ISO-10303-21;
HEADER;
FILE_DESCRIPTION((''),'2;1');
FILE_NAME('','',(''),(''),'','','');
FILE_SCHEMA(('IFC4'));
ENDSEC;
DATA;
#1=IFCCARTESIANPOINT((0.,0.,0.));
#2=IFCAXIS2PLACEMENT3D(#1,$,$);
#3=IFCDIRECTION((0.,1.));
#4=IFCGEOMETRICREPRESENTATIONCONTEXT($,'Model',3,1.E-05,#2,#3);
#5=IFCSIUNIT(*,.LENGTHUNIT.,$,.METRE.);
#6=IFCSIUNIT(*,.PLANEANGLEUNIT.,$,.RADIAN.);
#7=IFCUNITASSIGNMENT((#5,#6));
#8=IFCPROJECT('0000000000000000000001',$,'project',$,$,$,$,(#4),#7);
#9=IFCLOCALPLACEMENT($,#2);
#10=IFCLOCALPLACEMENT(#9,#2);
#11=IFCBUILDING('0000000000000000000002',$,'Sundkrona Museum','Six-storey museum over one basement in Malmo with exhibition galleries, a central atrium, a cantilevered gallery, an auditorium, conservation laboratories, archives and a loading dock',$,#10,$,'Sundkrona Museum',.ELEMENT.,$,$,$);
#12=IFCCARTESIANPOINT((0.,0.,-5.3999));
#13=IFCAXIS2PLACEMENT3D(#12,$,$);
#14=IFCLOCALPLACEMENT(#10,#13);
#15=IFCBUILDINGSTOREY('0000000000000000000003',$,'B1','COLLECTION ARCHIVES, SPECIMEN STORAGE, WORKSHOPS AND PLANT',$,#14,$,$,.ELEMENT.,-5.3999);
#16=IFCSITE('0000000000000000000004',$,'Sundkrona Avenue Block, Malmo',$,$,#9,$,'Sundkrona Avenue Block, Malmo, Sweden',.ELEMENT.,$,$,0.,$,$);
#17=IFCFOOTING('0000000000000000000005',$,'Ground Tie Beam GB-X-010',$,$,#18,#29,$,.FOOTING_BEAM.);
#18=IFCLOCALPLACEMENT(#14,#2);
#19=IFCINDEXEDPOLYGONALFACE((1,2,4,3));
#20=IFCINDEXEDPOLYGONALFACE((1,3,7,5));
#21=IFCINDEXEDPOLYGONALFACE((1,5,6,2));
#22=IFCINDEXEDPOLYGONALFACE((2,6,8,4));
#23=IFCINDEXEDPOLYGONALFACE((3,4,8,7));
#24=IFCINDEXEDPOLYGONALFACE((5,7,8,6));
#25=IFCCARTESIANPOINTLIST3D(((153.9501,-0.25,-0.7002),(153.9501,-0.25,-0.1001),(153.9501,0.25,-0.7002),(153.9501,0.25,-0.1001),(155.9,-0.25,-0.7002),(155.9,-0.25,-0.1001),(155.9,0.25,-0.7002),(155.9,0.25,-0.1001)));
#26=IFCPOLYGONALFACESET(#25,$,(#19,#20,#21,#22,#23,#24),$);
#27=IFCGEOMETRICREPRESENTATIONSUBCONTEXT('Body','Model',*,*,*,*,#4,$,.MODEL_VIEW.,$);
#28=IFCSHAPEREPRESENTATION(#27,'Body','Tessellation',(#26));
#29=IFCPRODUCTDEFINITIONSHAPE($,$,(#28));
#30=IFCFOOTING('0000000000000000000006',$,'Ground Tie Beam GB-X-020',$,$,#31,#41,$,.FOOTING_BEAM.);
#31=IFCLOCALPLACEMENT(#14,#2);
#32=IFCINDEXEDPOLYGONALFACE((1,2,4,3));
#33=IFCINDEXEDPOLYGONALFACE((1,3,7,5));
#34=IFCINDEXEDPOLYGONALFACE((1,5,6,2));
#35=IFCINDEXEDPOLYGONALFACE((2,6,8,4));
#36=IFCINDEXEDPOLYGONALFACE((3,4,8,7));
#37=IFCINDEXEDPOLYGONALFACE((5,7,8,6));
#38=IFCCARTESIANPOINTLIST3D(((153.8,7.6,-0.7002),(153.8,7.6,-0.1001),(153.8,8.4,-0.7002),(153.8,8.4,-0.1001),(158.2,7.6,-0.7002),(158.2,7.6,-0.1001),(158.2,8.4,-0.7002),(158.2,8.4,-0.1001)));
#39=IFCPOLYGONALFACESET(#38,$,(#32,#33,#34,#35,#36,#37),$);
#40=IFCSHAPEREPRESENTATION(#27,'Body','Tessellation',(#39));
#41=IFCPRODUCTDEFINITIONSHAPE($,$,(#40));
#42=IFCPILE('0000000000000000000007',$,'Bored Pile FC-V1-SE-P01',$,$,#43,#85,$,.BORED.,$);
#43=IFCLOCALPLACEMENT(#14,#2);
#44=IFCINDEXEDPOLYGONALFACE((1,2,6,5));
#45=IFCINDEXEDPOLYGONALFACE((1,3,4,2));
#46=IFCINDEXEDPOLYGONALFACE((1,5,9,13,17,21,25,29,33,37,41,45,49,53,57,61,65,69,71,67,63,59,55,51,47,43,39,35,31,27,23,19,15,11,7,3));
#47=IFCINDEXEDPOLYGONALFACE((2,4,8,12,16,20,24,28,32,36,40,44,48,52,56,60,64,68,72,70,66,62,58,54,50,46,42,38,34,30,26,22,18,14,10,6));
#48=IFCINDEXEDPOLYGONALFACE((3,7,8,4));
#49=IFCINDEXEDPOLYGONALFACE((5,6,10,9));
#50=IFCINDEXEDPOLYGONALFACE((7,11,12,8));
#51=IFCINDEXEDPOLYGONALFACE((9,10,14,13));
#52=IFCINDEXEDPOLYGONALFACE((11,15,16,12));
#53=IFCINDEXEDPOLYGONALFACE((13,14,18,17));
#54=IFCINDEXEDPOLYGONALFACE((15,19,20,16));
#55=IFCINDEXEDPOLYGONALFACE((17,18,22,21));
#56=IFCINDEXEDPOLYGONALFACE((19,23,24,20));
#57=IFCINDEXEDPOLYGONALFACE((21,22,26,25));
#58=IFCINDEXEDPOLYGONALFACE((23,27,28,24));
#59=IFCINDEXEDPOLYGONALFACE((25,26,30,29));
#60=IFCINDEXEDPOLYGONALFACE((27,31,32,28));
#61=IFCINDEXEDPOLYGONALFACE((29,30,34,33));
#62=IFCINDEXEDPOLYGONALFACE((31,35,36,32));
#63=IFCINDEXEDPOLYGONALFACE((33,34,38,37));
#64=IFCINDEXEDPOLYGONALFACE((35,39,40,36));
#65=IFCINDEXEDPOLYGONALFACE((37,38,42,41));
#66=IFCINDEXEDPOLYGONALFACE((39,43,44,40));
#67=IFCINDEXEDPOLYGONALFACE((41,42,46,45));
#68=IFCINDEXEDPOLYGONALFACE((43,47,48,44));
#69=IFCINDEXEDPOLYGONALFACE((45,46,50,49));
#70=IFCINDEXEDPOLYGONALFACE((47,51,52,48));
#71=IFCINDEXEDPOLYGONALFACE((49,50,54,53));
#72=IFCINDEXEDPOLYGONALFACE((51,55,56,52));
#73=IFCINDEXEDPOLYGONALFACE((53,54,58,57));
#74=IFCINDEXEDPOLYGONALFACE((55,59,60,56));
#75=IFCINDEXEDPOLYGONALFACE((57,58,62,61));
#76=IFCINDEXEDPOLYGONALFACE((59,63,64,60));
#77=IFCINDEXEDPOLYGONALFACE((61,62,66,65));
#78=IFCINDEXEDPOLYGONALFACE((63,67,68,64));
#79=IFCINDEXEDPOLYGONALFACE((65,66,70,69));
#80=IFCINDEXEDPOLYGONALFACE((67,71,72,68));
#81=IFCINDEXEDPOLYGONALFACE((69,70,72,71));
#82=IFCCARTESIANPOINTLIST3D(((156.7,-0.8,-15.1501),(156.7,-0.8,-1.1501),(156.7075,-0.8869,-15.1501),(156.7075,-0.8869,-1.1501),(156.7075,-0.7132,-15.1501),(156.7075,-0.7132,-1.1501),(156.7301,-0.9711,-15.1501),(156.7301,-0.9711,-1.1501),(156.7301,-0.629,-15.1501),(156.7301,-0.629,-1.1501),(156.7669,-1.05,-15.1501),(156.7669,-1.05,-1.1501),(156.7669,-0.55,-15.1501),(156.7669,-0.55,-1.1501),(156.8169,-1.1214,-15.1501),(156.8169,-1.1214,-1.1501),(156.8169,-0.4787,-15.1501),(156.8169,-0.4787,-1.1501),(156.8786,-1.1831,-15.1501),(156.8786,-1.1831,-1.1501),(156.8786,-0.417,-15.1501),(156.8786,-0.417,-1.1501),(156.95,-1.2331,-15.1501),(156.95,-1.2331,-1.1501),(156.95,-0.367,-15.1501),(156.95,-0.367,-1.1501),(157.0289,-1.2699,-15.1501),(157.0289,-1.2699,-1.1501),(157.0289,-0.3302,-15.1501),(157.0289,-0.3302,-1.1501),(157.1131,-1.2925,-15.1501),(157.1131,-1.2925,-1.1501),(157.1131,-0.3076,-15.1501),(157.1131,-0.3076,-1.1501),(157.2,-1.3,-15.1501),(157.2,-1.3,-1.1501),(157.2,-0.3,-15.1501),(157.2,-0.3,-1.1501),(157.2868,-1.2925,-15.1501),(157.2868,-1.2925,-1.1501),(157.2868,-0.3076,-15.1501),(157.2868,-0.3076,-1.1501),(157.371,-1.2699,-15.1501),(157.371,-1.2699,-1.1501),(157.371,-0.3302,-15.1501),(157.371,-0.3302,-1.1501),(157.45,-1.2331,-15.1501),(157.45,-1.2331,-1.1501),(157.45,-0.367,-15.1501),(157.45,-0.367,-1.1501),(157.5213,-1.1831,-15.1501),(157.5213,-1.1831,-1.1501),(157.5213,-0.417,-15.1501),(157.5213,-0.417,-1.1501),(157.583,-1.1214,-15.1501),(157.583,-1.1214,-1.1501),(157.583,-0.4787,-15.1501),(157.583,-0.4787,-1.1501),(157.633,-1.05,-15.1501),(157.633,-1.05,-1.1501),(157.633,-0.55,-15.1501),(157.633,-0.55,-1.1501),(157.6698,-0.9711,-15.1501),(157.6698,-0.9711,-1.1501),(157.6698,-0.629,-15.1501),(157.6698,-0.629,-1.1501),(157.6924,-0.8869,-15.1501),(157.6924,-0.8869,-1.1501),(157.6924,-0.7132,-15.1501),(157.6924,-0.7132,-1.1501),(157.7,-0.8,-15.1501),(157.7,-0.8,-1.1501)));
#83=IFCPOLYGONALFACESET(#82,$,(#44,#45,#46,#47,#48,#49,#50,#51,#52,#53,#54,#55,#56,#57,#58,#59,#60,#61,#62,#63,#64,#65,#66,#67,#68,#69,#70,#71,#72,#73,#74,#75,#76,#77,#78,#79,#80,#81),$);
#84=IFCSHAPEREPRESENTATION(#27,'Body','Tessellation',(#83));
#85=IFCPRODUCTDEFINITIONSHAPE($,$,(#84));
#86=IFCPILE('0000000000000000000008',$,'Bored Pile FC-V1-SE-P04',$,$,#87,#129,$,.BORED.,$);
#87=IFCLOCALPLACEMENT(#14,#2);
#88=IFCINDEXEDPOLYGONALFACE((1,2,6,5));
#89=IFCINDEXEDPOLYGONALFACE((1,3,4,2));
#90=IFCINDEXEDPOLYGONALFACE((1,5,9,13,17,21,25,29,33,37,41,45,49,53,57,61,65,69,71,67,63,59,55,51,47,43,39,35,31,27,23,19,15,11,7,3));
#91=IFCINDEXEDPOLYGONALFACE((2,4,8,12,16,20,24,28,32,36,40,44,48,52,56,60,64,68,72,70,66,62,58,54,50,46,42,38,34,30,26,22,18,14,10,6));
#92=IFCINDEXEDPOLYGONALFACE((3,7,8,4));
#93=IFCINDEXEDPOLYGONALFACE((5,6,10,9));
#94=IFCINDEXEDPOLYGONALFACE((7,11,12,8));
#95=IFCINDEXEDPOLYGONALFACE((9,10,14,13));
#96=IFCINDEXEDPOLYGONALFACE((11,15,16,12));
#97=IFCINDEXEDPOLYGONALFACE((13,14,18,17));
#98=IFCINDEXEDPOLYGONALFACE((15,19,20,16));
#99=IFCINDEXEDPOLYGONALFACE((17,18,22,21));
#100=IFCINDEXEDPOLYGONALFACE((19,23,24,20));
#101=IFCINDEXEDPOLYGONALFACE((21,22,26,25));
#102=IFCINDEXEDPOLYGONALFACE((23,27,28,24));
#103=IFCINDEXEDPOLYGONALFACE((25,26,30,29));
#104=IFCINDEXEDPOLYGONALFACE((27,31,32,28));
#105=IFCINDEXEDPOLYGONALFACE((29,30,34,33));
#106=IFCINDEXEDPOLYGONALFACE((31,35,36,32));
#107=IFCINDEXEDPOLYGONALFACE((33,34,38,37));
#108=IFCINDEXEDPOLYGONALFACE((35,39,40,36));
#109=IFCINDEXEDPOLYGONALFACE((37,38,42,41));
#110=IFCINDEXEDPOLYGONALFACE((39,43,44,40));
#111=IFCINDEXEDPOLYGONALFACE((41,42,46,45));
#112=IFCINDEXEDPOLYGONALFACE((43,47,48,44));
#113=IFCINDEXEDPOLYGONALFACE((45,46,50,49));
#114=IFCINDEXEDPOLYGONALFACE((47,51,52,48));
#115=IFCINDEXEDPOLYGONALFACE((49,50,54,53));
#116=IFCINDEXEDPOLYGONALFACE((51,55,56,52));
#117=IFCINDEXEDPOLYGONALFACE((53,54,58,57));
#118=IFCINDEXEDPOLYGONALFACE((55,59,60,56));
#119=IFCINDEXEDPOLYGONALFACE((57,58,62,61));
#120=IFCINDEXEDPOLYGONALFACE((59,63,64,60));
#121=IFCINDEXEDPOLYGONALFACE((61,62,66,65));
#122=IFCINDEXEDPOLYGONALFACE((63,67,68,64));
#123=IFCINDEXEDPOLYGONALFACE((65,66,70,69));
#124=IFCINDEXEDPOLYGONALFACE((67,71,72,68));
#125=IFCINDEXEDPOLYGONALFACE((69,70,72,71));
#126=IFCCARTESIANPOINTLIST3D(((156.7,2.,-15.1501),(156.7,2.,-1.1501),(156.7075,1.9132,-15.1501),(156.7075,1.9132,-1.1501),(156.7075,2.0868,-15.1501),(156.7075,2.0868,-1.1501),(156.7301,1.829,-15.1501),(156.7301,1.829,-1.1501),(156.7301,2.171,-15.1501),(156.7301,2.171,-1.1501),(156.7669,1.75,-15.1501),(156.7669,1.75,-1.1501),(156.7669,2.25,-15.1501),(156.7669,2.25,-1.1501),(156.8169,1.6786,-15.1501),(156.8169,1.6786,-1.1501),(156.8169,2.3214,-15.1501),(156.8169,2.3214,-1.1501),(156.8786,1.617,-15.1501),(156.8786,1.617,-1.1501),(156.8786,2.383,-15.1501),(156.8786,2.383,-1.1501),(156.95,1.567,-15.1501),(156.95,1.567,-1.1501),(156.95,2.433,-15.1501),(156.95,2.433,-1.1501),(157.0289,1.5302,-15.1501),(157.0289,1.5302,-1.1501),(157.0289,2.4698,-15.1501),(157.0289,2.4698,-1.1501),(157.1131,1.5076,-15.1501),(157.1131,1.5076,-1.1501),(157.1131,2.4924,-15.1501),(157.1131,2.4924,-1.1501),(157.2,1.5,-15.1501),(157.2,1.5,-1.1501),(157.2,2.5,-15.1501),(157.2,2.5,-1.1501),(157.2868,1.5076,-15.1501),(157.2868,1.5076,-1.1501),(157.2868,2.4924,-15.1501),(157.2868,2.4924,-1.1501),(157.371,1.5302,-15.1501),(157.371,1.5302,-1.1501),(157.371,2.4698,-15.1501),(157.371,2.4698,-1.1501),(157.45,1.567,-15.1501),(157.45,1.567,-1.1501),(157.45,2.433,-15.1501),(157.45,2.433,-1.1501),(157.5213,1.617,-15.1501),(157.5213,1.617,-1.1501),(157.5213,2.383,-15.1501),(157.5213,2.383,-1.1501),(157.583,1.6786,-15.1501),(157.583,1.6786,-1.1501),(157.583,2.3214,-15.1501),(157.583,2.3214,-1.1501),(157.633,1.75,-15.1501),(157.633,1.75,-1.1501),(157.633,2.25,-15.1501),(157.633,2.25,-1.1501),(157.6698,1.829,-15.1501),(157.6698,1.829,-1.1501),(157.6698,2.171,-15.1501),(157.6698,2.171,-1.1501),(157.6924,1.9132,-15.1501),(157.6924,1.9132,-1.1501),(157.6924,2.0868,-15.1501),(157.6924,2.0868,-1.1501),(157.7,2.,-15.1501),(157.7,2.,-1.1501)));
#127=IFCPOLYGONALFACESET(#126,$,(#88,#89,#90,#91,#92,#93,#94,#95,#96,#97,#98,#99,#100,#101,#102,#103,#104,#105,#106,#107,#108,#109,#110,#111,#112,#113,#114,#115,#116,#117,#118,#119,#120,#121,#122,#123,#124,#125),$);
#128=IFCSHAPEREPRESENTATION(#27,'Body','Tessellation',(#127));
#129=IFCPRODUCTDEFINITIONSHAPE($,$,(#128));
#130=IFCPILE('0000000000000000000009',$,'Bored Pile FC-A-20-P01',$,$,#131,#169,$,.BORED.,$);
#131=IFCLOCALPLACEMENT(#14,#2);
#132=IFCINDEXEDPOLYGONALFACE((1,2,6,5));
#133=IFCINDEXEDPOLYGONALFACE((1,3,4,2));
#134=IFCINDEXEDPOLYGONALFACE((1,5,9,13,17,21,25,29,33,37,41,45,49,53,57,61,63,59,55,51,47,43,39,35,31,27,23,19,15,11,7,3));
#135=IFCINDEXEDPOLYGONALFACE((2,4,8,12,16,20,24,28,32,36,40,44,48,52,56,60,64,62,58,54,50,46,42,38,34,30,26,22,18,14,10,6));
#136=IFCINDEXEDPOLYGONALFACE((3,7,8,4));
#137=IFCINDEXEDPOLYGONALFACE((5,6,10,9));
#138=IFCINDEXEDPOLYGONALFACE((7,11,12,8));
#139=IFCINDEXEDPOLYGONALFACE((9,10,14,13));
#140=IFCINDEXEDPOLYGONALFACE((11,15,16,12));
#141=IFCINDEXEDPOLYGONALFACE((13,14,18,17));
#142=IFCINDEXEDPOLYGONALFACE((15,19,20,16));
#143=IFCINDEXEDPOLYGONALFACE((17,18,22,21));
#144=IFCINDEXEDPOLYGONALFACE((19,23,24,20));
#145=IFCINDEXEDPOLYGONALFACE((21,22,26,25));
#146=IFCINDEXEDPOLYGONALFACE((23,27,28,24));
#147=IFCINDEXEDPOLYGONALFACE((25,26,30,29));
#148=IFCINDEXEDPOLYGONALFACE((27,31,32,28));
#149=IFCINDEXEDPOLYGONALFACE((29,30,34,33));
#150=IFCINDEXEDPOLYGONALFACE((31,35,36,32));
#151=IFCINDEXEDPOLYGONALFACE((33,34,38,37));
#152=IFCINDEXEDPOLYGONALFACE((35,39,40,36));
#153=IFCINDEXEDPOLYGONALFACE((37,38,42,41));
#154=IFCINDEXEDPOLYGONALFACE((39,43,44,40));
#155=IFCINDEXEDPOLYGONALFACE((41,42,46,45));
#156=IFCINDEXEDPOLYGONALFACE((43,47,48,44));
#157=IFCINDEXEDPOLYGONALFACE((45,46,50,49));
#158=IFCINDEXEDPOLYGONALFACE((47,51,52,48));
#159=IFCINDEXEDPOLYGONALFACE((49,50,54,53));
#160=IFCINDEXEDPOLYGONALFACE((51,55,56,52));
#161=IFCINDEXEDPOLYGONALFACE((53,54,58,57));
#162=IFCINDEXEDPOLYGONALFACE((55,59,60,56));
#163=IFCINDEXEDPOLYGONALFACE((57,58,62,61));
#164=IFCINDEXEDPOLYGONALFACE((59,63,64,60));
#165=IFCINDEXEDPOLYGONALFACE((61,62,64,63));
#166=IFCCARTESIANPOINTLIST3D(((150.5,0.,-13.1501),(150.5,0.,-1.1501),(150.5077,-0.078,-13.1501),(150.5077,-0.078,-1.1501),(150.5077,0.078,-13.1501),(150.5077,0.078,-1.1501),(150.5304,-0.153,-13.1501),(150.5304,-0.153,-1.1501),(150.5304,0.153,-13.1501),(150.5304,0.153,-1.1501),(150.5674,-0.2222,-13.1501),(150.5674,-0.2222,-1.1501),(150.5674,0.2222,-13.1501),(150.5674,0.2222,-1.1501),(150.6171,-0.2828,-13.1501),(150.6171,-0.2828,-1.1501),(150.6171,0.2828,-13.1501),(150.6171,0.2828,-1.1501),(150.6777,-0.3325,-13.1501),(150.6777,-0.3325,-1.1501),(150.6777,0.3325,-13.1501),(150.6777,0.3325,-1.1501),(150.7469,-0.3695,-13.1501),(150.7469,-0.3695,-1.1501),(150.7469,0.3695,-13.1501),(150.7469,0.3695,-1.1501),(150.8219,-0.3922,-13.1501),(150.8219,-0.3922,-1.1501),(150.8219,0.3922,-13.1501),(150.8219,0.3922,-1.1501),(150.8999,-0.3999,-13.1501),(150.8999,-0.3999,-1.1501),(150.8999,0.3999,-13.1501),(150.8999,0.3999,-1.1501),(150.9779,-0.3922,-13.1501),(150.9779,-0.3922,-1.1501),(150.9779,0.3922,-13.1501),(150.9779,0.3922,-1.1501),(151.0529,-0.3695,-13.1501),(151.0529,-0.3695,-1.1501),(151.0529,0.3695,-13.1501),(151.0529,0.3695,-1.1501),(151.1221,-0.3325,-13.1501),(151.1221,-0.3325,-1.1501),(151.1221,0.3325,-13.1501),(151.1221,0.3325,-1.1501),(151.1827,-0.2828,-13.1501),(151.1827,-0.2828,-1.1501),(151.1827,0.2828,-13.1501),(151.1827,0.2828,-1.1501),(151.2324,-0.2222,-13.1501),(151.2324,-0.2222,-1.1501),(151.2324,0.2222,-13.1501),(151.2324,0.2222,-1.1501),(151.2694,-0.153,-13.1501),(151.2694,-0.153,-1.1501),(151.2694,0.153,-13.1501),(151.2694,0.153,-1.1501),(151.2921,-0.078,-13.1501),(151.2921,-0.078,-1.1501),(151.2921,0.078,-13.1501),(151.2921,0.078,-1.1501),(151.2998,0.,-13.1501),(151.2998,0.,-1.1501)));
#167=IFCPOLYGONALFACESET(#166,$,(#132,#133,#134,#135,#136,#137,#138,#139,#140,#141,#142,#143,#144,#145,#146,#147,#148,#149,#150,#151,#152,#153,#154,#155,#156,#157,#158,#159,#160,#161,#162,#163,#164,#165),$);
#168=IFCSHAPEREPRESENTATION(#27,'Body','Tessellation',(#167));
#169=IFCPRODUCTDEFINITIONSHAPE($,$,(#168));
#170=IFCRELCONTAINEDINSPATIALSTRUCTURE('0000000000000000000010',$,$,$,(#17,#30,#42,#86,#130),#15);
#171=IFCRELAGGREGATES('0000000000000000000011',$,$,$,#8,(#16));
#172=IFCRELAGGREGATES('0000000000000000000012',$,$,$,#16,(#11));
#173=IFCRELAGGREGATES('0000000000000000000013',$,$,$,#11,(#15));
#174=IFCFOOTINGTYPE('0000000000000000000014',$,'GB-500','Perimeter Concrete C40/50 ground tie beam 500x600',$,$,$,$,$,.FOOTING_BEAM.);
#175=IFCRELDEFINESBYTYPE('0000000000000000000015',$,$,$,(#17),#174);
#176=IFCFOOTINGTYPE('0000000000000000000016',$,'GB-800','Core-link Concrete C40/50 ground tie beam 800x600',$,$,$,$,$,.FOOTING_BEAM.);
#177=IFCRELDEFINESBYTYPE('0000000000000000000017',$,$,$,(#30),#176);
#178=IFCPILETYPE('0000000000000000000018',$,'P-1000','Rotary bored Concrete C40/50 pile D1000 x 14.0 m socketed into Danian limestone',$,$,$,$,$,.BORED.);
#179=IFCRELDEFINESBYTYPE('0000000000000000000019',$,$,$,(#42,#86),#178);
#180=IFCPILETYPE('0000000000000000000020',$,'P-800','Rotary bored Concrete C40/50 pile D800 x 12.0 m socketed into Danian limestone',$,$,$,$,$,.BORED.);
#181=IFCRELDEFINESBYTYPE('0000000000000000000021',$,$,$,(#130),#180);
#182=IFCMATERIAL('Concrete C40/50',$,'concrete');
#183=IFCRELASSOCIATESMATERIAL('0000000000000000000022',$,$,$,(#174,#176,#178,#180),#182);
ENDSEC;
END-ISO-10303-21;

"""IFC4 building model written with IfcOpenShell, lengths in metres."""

from ifc_helpers import new_model, si_unit, direction, frame, origin, origin_2d, place, context, subcontext, project, spatial, rectangle, circle, extrude, material, material_profile, profile_set, type_object, element, save


model = new_model("IFC4")

# Units and contexts
model_context = context("Model", 3, precision=1e-05, world=origin(), true_north=direction((0.0, 1.0)))
body_context = subcontext(model_context, "Body", "Model", "MODEL_VIEW")
ifc_project = project(units=[si_unit("LENGTHUNIT", "METRE"), si_unit("PLANEANGLEUNIT", "RADIAN")], contexts=[model_context])

# Site, building, storey
site_placement = place(None, origin())
site = spatial("IfcSite", under=ifc_project, at=site_placement, Name="Sundkrona Avenue Block, Malmo", LongName="Sundkrona Avenue Block, Malmo, Sweden", CompositionType="ELEMENT", RefElevation=0.0)
building_placement = place(site_placement, origin())
building = spatial("IfcBuilding", under=site, at=building_placement, Name="Sundkrona Museum", Description="Six-storey museum over one basement in Malmo with exhibition galleries, a central atrium, a cantilevered gallery, an auditorium, conservation laboratories, archives and a loading dock", LongName="Sundkrona Museum", CompositionType="ELEMENT")
storey_placement = place(building_placement, frame((0.0, 0.0, -5.3999)))
storey = spatial("IfcBuildingStorey", under=building, at=storey_placement, Name="B1", Description="COLLECTION ARCHIVES, SPECIMEN STORAGE, WORKSHOPS AND PLANT", CompositionType="ELEMENT", Elevation=-5.3999)

# Footings
ifc_material_1 = material(Name="Concrete C40/50", Category="concrete")
footing_type_1 = type_object("IfcFootingType", Name="GB-500", Description="Perimeter Concrete C40/50 ground tie beam 500x600", PredefinedType="FOOTING_BEAM", material=ifc_material_1)
footing_1_placement = place(storey_placement, frame((154.925, 0.0, -0.7002), z_axis=(0.0, 0.0, 1.0), x_axis=(1.0, 0.0, 0.0)))
element("IfcFooting", 1, at=footing_1_placement, inside=storey, type_object=footing_type_1, Name="Ground Tie Beam GB-X-010", PredefinedType="FOOTING_BEAM", context=body_context, shape_type="SweptSolid", body=[
    extrude(rectangle(XDim=1.95, YDim=0.5, at=origin_2d()), origin(), (0.0, 0.0, 1.0), 0.6001),
])
footing_type_2 = type_object("IfcFootingType", Name="GB-800", Description="Core-link Concrete C40/50 ground tie beam 800x600", PredefinedType="FOOTING_BEAM", material=ifc_material_1)
footing_2_placement = place(storey_placement, frame((156.0, 8.0, -0.7002), z_axis=(0.0, 0.0, 1.0), x_axis=(1.0, 0.0, 0.0)))
element("IfcFooting", 2, at=footing_2_placement, inside=storey, type_object=footing_type_2, Name="Ground Tie Beam GB-X-020", PredefinedType="FOOTING_BEAM", context=body_context, shape_type="SweptSolid", body=[
    extrude(rectangle(XDim=4.3999, YDim=0.8, at=origin_2d()), origin(), (0.0, 0.0, 1.0), 0.6001),
])

# Piles
ifc_material_profile_1 = material_profile(ifc_material_1, circle(Radius=0.5, at=origin_2d()), Name="PILE D1000")
ifc_profile_set_1 = profile_set([ifc_material_profile_1], Name="Concrete C40/50")
pile_type_1 = type_object("IfcPileType", Name="P-1000", Description="Rotary bored Concrete C40/50 pile D1000 x 14.0 m socketed into Danian limestone", PredefinedType="BORED", material=ifc_profile_set_1)
for number, where, z_axis, x_axis, name in (
    (3, (157.2, -0.8, -1.1501), (0.0, 0.0, -1.0), (1.0, 0.0, 0.0), "Bored Pile FC-V1-SE-P01"),
    (4, (157.2, 2.0, -1.1501), (0.0, 0.0, -1.0), (1.0, 0.0, 0.0), "Bored Pile FC-V1-SE-P04"),
):
    element("IfcPile", number, at=place(storey_placement, frame(where, z_axis=z_axis, x_axis=x_axis)), inside=storey, type_object=pile_type_1, Name=name, PredefinedType="BORED", context=body_context, shape_type="SweptSolid", body=[
        extrude(circle(Radius=0.5, at=origin_2d()), origin(), (0.0, 0.0, 1.0), 14.0),
    ])
ifc_material_profile_2 = material_profile(ifc_material_1, circle(Radius=0.3999, at=origin_2d()), Name="PILE D800")
ifc_profile_set_2 = profile_set([ifc_material_profile_2], Name="Concrete C40/50")
pile_type_2 = type_object("IfcPileType", Name="P-800", Description="Rotary bored Concrete C40/50 pile D800 x 12.0 m socketed into Danian limestone", PredefinedType="BORED", material=ifc_profile_set_2)
for number, where, z_axis, x_axis, name in (
    (5, (150.8999, 0.0, -1.1501), (0.0, 0.0, -1.0), (1.0, 0.0, 0.0), "Bored Pile FC-A-20-P01"),
):
    element("IfcPile", number, at=place(storey_placement, frame(where, z_axis=z_axis, x_axis=x_axis)), inside=storey, type_object=pile_type_2, Name=name, PredefinedType="BORED", context=body_context, shape_type="SweptSolid", body=[
        extrude(circle(Radius=0.3999, at=origin_2d()), origin(), (0.0, 0.0, 1.0), 12.0),
    ])

save(model, "model.ifc")
